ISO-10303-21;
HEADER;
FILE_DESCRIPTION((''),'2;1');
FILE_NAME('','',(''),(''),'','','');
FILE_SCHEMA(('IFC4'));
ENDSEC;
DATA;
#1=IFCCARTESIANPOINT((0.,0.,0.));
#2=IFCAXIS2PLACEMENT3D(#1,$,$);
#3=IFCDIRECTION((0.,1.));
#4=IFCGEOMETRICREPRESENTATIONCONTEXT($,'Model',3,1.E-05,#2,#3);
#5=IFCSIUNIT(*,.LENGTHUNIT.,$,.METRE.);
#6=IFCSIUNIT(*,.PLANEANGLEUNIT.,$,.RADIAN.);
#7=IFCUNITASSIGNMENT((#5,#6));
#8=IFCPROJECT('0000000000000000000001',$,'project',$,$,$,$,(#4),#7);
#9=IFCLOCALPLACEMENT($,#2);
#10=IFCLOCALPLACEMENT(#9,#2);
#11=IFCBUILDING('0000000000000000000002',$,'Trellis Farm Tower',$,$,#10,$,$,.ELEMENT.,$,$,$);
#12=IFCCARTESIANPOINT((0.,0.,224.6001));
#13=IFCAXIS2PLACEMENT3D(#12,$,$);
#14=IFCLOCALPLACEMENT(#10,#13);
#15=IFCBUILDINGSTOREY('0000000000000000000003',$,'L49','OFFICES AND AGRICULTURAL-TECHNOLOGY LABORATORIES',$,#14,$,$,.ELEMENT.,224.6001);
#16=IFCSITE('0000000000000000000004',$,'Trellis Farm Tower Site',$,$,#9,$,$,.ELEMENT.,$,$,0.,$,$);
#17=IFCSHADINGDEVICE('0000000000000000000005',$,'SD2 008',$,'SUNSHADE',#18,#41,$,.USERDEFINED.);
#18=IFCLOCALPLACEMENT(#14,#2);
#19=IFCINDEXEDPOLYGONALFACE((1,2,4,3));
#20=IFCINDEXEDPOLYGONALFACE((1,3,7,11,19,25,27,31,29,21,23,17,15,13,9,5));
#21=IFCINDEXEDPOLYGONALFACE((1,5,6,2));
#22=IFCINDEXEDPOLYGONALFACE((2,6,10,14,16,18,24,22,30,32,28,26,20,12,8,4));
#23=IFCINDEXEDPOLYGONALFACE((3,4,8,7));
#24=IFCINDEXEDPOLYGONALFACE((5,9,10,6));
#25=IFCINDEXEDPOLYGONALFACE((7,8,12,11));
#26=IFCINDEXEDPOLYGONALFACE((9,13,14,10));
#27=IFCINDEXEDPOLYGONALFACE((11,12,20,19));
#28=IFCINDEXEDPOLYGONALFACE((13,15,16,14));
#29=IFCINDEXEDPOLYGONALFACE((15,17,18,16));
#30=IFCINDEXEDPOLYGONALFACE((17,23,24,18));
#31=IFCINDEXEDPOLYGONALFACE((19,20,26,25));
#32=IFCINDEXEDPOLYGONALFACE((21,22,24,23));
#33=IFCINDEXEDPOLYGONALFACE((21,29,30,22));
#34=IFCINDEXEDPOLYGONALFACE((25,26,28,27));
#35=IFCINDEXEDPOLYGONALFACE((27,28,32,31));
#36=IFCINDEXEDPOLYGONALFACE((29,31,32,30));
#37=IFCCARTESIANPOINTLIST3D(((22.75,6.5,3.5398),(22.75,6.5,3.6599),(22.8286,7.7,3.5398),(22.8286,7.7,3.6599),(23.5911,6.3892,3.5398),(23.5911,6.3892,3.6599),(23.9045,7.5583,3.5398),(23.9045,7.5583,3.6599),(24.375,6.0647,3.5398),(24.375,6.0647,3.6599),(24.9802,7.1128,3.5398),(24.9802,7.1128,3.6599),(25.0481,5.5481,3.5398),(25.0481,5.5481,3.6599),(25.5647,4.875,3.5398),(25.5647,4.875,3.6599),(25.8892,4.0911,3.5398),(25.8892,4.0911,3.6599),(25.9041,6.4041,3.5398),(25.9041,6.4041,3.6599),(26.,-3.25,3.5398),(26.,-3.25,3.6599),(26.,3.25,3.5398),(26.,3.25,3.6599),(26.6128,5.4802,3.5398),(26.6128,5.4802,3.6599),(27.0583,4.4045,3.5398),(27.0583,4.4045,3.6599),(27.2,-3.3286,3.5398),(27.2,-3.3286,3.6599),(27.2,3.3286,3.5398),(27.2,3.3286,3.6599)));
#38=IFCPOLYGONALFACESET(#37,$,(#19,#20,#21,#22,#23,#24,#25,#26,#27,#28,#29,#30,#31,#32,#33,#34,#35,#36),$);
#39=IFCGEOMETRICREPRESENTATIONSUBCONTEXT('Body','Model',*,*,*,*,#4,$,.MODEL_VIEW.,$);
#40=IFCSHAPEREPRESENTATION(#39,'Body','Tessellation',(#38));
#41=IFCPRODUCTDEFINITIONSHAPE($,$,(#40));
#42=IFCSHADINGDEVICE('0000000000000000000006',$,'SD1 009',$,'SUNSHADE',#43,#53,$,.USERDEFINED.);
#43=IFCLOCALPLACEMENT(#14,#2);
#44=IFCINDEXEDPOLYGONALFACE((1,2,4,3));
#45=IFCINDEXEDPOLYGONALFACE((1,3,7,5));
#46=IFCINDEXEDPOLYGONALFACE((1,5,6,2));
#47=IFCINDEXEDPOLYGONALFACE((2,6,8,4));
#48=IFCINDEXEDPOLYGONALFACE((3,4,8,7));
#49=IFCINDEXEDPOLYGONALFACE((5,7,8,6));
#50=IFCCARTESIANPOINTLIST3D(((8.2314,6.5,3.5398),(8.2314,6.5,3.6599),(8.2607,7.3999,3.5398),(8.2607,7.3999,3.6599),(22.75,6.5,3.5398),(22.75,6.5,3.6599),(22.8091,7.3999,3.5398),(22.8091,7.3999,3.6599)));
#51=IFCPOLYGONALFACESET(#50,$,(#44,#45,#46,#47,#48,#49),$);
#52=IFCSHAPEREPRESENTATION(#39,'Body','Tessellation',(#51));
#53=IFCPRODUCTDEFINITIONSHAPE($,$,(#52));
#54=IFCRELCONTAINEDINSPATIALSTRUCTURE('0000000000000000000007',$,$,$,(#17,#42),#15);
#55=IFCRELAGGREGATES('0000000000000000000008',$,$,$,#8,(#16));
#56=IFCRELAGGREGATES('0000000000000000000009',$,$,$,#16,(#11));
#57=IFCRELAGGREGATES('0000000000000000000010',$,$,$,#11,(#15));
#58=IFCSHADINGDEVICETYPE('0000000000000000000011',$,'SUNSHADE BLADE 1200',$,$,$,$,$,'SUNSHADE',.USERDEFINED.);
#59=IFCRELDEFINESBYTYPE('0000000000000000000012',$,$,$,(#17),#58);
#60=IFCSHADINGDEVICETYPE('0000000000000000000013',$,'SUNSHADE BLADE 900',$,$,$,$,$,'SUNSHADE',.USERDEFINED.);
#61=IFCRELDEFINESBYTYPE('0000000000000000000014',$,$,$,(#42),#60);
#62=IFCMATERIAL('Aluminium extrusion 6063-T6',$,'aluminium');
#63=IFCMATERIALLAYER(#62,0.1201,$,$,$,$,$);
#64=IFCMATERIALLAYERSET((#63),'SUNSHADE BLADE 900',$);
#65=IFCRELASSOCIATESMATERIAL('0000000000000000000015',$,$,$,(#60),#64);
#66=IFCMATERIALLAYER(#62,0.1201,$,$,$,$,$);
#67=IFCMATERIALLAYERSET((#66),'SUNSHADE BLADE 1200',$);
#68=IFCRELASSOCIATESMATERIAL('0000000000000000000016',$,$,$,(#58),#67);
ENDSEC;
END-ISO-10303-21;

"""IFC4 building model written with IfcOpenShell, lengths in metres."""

from ifc_helpers import new_model, si_unit, direction, frame, origin, place, context, subcontext, project, spatial, polyline, outline, extrude, source, transform, mapped, material, layer, layer_set, type_object, element, save


model = new_model("IFC4")

# Units and contexts
model_context = context("Model", 3, precision=1e-05, world=origin(), true_north=direction((0.0, 1.0)))
body_context = subcontext(model_context, "Body", "Model", "MODEL_VIEW")
ifc_project = project(units=[si_unit("LENGTHUNIT", "METRE"), si_unit("PLANEANGLEUNIT", "RADIAN")], contexts=[model_context])

# Site, building, storey
site_placement = place(None, origin())
site = spatial("IfcSite", under=ifc_project, at=site_placement, Name="Trellis Farm Tower Site", CompositionType="ELEMENT", RefElevation=0.0)
building_placement = place(site_placement, origin())
building = spatial("IfcBuilding", under=site, at=building_placement, Name="Trellis Farm Tower", CompositionType="ELEMENT")
storey_placement = place(building_placement, frame((0.0, 0.0, 224.6001)))
storey = spatial("IfcBuildingStorey", under=building, at=storey_placement, Name="L49", Description="OFFICES AND AGRICULTURAL-TECHNOLOGY LABORATORIES", CompositionType="ELEMENT", Elevation=224.6001)

# Shared definitions
ifc_material_1 = material(Name="Aluminium extrusion 6063-T6", Category="aluminium")

# Shading devices
ifc_layer_1 = layer(ifc_material_1, 0.1201)
ifc_layer_set_1 = layer_set([ifc_layer_1], Name="SUNSHADE BLADE 900")
shading_device_type_1 = type_object("IfcShadingDeviceType", Name="SUNSHADE BLADE 900", ElementType="SUNSHADE", PredefinedType="USERDEFINED", material=ifc_layer_set_1)
placement_1 = place(storey_placement, frame((0.0, 0.0, 3.5398)))
ifc_layer_2 = layer(ifc_material_1, 0.1201)
ifc_layer_set_2 = layer_set([ifc_layer_2], Name="SUNSHADE BLADE 1200")
shading_device_type_2 = type_object("IfcShadingDeviceType", Name="SUNSHADE BLADE 1200", ElementType="SUNSHADE", PredefinedType="USERDEFINED", material=ifc_layer_set_2)
shared_shape_1 = source(origin(), body_context, "Body", "SweptSolid", [
    extrude(outline(polyline([(27.2, -3.3286), (27.2, 3.3286), (27.0583, 4.4045), (26.6128, 5.4802), (25.9041, 6.4041), (24.9802, 7.1128), (23.9045, 7.5583), (22.8286, 7.7), (22.75, 6.5), (23.5911, 6.3892), (24.375, 6.0647), (25.0481, 5.5481), (25.5647, 4.875), (25.8892, 4.0911), (26.0, 3.25), (26.0, -3.25), (27.2, -3.3286)])), origin(), (0.0, 0.0, 1.0), 0.1201),
])
element("IfcShadingDevice", 1, at=placement_1, inside=storey, type_object=shading_device_type_2, Name="SD2 008", ObjectType="SUNSHADE", PredefinedType="USERDEFINED", context=body_context, shape_type="MappedRepresentation", body=[
    mapped(shared_shape_1, transform((0.0, 0.0, 0.0))),
])
shared_shape_2 = source(origin(), body_context, "Body", "SweptSolid", [
    extrude(outline(polyline([(22.8091, 7.3999), (8.2607, 7.3999), (8.2314, 6.5), (22.75, 6.5), (22.8091, 7.3999)])), origin(), (0.0, 0.0, 1.0), 0.1201),
])
element("IfcShadingDevice", 2, at=placement_1, inside=storey, type_object=shading_device_type_1, Name="SD1 009", ObjectType="SUNSHADE", PredefinedType="USERDEFINED", context=body_context, shape_type="MappedRepresentation", body=[
    mapped(shared_shape_2, transform((0.0, 0.0, 0.0))),
])

save(model, "model.ifc")
